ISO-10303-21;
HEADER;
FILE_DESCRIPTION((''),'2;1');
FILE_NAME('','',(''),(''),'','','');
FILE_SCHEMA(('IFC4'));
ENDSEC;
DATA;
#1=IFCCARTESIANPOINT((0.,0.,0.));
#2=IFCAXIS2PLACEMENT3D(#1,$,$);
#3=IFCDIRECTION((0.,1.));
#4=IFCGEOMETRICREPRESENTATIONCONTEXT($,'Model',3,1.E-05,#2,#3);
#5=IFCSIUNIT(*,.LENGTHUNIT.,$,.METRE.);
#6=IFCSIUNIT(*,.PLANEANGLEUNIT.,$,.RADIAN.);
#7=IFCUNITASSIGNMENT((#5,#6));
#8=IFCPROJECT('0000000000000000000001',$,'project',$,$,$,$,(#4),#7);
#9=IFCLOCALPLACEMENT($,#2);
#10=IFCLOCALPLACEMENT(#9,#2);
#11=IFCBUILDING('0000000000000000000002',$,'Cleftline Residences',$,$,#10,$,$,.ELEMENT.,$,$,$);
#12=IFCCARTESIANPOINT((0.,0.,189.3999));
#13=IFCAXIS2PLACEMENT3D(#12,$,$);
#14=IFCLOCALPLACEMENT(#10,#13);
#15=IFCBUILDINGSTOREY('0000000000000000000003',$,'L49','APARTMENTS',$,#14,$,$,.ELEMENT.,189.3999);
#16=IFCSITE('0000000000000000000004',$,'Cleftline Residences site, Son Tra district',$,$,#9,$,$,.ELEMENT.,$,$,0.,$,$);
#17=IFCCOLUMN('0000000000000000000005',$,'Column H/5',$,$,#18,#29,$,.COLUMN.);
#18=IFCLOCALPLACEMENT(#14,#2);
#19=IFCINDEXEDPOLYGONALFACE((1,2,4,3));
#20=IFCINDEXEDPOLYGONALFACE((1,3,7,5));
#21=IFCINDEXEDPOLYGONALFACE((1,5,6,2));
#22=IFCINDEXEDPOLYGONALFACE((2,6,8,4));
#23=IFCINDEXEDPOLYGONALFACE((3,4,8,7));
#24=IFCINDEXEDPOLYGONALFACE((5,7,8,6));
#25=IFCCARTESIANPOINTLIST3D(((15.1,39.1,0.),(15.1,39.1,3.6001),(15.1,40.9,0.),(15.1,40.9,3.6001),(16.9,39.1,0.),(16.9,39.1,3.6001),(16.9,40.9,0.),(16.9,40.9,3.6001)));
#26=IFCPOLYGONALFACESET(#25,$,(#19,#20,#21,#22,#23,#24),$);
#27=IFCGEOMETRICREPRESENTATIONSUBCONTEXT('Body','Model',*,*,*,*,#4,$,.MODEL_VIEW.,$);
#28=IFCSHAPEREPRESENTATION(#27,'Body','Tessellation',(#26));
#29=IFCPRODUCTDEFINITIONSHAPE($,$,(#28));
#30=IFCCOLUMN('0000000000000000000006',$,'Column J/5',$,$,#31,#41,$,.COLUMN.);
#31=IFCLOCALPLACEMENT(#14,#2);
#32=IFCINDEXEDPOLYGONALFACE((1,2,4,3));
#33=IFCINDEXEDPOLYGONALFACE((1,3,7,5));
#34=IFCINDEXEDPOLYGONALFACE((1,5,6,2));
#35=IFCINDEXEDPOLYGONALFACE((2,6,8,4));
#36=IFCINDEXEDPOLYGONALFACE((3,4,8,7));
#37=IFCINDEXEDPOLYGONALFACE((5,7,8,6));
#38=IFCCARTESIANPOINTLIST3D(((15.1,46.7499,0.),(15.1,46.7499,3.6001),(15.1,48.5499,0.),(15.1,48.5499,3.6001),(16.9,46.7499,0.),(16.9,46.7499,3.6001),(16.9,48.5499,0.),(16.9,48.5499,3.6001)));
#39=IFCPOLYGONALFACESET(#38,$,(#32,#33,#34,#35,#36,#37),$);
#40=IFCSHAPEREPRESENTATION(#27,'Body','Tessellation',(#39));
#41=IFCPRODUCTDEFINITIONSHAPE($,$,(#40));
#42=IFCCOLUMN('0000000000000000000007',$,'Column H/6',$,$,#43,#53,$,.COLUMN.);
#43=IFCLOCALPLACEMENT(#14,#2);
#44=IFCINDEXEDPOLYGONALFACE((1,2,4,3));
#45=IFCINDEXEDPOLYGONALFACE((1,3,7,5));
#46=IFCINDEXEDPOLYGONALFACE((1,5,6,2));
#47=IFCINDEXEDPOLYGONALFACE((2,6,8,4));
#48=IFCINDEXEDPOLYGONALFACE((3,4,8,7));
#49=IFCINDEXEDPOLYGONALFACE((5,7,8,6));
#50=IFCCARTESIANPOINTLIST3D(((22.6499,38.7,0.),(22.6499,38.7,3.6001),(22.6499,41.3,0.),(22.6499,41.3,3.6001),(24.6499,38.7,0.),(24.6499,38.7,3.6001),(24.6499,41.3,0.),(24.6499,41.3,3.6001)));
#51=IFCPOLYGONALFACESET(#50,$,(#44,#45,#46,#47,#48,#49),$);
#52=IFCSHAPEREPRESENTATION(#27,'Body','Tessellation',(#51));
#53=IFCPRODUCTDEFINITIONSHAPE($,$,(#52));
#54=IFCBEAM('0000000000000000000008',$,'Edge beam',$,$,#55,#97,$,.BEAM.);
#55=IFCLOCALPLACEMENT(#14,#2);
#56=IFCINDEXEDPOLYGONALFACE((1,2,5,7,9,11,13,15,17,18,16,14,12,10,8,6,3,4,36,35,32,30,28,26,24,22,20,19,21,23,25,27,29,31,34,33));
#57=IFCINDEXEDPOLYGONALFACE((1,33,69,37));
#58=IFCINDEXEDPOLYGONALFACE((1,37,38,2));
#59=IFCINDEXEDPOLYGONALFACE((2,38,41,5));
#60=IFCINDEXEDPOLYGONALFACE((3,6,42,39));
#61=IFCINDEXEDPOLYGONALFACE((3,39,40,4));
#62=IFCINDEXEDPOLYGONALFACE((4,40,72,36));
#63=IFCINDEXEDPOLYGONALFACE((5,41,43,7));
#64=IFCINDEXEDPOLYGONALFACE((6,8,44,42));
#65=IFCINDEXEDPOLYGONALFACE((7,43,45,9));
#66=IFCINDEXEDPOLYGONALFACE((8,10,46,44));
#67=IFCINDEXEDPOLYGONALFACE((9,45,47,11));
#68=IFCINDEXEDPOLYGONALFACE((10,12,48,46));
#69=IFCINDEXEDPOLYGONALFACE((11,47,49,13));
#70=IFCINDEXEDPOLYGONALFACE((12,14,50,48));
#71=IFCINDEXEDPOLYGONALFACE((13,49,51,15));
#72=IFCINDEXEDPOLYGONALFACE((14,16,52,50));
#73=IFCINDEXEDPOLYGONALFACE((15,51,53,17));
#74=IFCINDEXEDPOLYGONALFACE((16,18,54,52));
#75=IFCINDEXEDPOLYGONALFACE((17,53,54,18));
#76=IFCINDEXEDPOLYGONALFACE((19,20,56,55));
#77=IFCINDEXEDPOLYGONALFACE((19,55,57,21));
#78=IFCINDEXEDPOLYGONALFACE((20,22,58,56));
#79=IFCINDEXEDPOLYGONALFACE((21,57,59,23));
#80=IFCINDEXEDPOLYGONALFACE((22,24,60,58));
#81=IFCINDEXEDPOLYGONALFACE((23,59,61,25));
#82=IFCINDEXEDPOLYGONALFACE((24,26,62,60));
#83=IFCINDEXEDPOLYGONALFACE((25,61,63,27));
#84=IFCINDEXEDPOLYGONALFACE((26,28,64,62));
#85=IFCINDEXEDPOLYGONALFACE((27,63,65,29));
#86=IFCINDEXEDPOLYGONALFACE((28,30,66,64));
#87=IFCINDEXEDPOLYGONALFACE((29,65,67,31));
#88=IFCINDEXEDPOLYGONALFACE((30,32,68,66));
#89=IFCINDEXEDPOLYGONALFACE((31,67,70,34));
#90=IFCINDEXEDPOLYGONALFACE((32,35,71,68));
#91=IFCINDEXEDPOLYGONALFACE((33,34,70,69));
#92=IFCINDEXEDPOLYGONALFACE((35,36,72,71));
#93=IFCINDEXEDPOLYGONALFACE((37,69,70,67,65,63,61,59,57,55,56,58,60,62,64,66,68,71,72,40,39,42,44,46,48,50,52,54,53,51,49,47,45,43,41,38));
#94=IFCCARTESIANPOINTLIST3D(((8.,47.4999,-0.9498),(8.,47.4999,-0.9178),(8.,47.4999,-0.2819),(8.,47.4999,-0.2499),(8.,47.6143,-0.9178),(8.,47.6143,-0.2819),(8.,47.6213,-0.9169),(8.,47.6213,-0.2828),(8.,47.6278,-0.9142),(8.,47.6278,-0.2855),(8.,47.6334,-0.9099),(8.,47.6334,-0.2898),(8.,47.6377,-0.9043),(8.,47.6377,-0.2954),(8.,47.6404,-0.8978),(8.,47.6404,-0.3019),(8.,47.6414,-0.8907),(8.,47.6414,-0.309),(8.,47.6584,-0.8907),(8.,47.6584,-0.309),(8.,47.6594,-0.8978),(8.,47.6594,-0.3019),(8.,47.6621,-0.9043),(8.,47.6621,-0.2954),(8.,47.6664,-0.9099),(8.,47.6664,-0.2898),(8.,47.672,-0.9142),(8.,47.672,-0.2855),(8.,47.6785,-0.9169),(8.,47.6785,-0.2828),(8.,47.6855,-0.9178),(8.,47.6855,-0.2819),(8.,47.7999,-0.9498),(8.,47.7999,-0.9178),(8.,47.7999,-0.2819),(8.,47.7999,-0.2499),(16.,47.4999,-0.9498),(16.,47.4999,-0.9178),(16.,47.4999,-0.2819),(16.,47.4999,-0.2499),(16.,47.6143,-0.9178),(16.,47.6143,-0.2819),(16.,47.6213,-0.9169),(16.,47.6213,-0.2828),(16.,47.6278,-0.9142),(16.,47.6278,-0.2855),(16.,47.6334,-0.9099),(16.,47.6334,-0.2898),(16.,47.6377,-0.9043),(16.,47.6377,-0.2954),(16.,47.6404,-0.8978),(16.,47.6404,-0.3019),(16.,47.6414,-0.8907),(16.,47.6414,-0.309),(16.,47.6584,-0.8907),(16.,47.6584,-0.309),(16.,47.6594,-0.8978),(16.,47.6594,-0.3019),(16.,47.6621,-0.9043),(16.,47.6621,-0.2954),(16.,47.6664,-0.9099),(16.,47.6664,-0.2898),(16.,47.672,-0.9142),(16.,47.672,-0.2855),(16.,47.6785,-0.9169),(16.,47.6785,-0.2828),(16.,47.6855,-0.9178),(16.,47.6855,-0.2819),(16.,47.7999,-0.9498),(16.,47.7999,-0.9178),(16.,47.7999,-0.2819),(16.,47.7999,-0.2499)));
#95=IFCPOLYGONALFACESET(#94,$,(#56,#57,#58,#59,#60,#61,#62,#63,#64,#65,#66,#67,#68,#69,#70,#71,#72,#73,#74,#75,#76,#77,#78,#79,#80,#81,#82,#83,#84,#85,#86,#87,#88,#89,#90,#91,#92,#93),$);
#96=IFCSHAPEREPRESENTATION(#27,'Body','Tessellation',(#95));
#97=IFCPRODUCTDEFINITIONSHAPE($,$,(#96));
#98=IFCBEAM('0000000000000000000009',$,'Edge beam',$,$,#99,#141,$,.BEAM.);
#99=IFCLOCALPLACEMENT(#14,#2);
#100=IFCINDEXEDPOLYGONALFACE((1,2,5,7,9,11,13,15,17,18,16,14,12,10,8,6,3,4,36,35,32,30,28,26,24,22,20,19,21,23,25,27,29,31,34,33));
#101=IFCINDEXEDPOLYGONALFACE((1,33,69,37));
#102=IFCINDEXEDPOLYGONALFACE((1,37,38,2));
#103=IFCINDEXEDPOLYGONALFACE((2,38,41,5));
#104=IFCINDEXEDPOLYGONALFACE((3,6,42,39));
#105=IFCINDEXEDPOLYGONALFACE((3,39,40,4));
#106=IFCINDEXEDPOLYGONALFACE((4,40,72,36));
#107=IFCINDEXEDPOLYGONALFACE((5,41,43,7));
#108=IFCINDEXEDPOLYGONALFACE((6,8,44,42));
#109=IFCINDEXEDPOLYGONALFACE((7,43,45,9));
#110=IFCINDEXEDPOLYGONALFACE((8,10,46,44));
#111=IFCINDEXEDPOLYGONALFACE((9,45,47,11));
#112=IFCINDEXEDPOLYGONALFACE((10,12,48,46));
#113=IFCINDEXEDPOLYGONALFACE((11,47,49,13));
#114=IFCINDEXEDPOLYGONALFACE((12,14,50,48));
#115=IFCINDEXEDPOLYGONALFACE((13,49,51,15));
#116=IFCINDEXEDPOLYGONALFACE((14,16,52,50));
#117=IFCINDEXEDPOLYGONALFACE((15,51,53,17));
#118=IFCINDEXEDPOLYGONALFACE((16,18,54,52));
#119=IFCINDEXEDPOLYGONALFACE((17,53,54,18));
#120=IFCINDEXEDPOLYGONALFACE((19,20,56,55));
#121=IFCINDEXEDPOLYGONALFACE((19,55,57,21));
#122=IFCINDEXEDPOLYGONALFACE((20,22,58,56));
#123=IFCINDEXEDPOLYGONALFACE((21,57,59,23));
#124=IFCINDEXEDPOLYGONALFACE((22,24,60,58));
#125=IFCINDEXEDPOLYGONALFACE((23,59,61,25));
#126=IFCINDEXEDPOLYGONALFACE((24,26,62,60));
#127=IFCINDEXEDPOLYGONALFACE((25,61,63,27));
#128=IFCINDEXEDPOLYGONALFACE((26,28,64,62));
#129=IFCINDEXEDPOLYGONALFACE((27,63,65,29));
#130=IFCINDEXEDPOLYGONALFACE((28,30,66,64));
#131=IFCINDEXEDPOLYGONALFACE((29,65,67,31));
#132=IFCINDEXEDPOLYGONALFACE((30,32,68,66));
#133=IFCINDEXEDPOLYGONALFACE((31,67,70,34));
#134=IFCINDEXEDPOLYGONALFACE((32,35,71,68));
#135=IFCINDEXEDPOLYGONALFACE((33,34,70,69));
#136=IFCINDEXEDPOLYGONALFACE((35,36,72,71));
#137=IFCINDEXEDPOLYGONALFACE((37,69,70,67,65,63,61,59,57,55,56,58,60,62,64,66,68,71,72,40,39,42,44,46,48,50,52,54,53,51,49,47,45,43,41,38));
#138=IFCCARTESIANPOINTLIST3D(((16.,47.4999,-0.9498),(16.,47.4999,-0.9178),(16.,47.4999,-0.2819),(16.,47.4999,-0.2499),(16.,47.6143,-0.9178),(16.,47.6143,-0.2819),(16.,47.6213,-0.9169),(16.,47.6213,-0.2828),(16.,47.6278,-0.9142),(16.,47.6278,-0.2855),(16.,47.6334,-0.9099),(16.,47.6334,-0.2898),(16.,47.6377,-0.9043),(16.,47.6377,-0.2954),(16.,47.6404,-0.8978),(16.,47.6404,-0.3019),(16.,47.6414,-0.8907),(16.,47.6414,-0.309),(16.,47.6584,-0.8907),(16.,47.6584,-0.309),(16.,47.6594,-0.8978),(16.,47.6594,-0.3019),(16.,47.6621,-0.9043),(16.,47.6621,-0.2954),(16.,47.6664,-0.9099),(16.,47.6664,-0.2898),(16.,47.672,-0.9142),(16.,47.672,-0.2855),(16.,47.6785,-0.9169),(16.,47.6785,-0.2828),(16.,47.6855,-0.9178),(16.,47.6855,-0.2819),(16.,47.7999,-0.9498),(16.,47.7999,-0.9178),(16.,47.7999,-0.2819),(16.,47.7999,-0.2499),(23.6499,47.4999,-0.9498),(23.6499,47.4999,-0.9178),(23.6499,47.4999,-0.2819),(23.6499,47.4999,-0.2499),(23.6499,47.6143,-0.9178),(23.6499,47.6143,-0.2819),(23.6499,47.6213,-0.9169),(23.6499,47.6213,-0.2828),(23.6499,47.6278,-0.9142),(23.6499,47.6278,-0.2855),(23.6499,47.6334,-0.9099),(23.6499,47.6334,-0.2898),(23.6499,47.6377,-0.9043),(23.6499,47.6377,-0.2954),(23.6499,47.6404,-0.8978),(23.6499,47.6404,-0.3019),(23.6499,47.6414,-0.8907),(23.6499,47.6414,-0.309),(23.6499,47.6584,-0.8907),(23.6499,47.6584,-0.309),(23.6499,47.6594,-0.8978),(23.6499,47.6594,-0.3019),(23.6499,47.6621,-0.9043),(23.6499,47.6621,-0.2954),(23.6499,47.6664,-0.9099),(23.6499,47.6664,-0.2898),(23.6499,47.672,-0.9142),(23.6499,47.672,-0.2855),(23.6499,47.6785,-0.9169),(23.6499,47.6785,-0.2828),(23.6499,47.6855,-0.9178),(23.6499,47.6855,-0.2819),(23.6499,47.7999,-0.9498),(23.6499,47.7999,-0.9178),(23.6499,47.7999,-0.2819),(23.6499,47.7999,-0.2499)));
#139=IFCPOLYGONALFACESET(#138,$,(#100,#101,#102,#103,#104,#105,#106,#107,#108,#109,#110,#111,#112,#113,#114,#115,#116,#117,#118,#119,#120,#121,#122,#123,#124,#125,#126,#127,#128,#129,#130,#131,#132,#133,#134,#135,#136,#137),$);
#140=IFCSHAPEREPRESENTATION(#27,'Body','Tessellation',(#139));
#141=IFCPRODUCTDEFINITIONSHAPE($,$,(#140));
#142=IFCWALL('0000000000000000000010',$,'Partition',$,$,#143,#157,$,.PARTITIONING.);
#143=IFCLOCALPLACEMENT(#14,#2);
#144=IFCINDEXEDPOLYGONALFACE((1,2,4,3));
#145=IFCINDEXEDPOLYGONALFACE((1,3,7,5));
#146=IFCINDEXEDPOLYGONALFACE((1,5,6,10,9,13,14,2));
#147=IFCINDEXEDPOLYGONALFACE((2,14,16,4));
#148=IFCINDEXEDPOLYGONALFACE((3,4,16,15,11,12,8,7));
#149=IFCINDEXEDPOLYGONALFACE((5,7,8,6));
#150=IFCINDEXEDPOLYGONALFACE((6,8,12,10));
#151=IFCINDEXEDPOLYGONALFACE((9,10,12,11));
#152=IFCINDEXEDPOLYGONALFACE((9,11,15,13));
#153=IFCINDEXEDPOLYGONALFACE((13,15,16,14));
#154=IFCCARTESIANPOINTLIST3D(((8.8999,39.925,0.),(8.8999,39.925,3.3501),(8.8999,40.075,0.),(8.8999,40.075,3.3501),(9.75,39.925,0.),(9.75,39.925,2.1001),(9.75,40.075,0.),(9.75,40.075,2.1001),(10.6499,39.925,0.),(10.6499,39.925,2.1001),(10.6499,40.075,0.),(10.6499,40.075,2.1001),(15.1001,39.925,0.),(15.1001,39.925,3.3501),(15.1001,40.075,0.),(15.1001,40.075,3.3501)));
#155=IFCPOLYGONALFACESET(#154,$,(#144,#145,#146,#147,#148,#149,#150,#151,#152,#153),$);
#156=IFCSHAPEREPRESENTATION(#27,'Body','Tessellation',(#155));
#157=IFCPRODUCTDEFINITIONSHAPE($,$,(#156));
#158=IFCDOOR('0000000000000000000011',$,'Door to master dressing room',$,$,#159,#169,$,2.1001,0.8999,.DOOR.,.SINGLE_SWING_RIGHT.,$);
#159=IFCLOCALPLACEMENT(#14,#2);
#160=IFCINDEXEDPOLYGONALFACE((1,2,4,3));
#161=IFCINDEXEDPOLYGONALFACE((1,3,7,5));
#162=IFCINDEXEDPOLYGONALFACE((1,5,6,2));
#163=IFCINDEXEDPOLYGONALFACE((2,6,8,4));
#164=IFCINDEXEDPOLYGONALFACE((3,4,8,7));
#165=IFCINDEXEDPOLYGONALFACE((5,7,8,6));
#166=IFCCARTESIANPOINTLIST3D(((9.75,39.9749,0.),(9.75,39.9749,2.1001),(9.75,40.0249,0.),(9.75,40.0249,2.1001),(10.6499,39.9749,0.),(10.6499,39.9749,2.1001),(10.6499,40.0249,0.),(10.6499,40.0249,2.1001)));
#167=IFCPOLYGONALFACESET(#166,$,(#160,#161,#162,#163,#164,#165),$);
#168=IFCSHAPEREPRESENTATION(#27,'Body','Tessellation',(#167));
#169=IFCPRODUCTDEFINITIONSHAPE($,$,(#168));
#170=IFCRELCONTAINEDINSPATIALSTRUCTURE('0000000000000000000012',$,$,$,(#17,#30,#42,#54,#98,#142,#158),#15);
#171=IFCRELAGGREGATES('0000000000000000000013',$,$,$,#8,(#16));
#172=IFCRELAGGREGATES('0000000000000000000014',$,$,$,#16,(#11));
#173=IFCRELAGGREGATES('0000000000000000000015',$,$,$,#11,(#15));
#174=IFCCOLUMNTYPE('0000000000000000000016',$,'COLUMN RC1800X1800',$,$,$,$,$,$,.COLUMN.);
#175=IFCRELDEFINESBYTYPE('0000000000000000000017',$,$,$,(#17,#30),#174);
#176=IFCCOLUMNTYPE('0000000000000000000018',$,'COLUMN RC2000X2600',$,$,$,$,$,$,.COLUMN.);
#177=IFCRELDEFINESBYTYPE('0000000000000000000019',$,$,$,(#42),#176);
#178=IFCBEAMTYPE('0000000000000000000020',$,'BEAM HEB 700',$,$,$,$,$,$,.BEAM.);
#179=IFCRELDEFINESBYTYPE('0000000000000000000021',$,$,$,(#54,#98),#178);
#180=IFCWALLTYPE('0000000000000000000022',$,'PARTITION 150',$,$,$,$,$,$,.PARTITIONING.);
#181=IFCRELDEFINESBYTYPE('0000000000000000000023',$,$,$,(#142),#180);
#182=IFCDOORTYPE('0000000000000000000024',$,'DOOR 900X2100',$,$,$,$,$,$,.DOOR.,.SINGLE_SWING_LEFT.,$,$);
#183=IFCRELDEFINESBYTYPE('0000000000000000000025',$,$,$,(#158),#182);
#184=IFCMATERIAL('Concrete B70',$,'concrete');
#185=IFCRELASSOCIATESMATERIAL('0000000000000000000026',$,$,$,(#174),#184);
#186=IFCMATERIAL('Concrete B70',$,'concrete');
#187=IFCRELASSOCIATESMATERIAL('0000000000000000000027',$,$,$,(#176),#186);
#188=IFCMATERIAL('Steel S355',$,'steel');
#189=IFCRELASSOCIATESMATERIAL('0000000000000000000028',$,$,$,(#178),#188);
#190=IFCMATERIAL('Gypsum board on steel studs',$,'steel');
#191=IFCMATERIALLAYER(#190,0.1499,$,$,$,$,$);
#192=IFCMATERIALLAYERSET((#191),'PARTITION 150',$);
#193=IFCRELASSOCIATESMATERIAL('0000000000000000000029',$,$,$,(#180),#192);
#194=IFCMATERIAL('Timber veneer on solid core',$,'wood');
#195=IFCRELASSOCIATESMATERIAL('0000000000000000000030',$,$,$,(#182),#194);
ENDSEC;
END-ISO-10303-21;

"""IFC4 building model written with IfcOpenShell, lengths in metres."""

from ifc_helpers import new_model, si_unit, direction, frame, frame_2d, origin, origin_2d, place, context, subcontext, project, spatial, rectangle, i_section, extrude, material, layer, layer_set, material_profile, profile_set, type_object, element, fill, save


model = new_model("IFC4")

# Units and contexts
model_context = context("Model", 3, precision=1e-05, world=origin(), true_north=direction((0.0, 1.0)))
body_context = subcontext(model_context, "Body", "Model", "MODEL_VIEW")
ifc_project = project(units=[si_unit("LENGTHUNIT", "METRE"), si_unit("PLANEANGLEUNIT", "RADIAN")], contexts=[model_context])

# Site, building, storey
site_placement = place(None, origin())
site = spatial("IfcSite", under=ifc_project, at=site_placement, Name="Cleftline Residences site, Son Tra district", CompositionType="ELEMENT", RefElevation=0.0)
building_placement = place(site_placement, origin())
building = spatial("IfcBuilding", under=site, at=building_placement, Name="Cleftline Residences", CompositionType="ELEMENT")
storey_placement = place(building_placement, frame((0.0, 0.0, 189.3999)))
storey = spatial("IfcBuildingStorey", under=building, at=storey_placement, Name="L49", Description="APARTMENTS", CompositionType="ELEMENT", Elevation=189.3999)

# Columns
ifc_material_1 = material(Name="Concrete B70", Category="concrete")
ifc_material_profile_1 = material_profile(ifc_material_1, rectangle(XDim=1.8, YDim=1.8, at=origin_2d()))
ifc_profile_set_1 = profile_set([ifc_material_profile_1], Name="Concrete B70")
column_type_1 = type_object("IfcColumnType", Name="COLUMN RC1800X1800", PredefinedType="COLUMN", material=ifc_profile_set_1)
for number, where, z_axis, x_axis, name in (
    (1, (16.0, 40.0, 0.0), (0.0, 0.0, 1.0), (1.0, 0.0, 0.0), "Column H/5"),
    (2, (16.0, 47.6499, 0.0), (0.0, 0.0, 1.0), (1.0, 0.0, 0.0), "Column J/5"),
):
    element("IfcColumn", number, at=place(storey_placement, frame(where, z_axis=z_axis, x_axis=x_axis)), inside=storey, type_object=column_type_1, Name=name, PredefinedType="COLUMN", context=body_context, shape_type="SweptSolid", body=[
        extrude(rectangle(XDim=1.8, YDim=1.8, at=origin_2d()), origin(), (0.0, 0.0, 1.0), 3.6001),
    ])
ifc_material_2 = material(Name="Concrete B70", Category="concrete")
ifc_material_profile_2 = material_profile(ifc_material_2, rectangle(XDim=2.0, YDim=2.6001, at=origin_2d()))
ifc_profile_set_2 = profile_set([ifc_material_profile_2], Name="Concrete B70")
column_type_2 = type_object("IfcColumnType", Name="COLUMN RC2000X2600", PredefinedType="COLUMN", material=ifc_profile_set_2)
column_placement = place(storey_placement, frame((23.6499, 40.0, 0.0), z_axis=(0.0, 0.0, 1.0), x_axis=(1.0, 0.0, 0.0)))
element("IfcColumn", 3, at=column_placement, inside=storey, type_object=column_type_2, Name="Column H/6", PredefinedType="COLUMN", context=body_context, shape_type="SweptSolid", body=[
    extrude(rectangle(XDim=2.0, YDim=2.6001, at=origin_2d()), origin(), (0.0, 0.0, 1.0), 3.6001),
])

# Beams
ifc_material_3 = material(Name="Steel S355", Category="steel")
ifc_material_profile_3 = material_profile(ifc_material_3, i_section(OverallWidth=0.3, OverallDepth=0.7, WebThickness=0.0171, FlangeThickness=0.032, FilletRadius=0.0271, at=origin_2d()))
ifc_profile_set_3 = profile_set([ifc_material_profile_3], Name="Steel S355")
beam_type = type_object("IfcBeamType", Name="BEAM HEB 700", PredefinedType="BEAM", material=ifc_profile_set_3)
beam_1_placement = place(storey_placement, frame((8.0, 47.6499, -0.5999), z_axis=(1.0, 0.0, 0.0), x_axis=(0.0, 1.0, 0.0)))
element("IfcBeam", 4, at=beam_1_placement, inside=storey, type_object=beam_type, Name="Edge beam", PredefinedType="BEAM", context=body_context, shape_type="SweptSolid", body=[
    extrude(i_section(OverallWidth=0.3, OverallDepth=0.7, WebThickness=0.0171, FlangeThickness=0.032, FilletRadius=0.0271, at=origin_2d()), origin(), (0.0, 0.0, 1.0), 8.0),
])
beam_2_placement = place(storey_placement, frame((16.0, 47.6499, -0.5999), z_axis=(1.0, 0.0, 0.0), x_axis=(0.0, 1.0, 0.0)))
element("IfcBeam", 5, at=beam_2_placement, inside=storey, type_object=beam_type, Name="Edge beam", PredefinedType="BEAM", context=body_context, shape_type="SweptSolid", body=[
    extrude(i_section(OverallWidth=0.3, OverallDepth=0.7, WebThickness=0.0171, FlangeThickness=0.032, FilletRadius=0.0271, at=origin_2d()), origin(), (0.0, 0.0, 1.0), 7.6499),
])

# Wall, opening, door
ifc_material_4 = material(Name="Gypsum board on steel studs", Category="steel")
ifc_layer = layer(ifc_material_4, 0.1499)
ifc_layer_set = layer_set([ifc_layer], Name="PARTITION 150")
wall_type = type_object("IfcWallType", Name="PARTITION 150", PredefinedType="PARTITIONING", material=ifc_layer_set)
wall_1_placement = place(storey_placement, frame((8.8999, 40.0, 0.0), z_axis=(0.0, 0.0, 1.0), x_axis=(1.0, 0.0, 0.0)))
wall_1 = element("IfcWall", 6, at=wall_1_placement, inside=storey, type_object=wall_type, Name="Partition", PredefinedType="PARTITIONING", context=body_context, shape_type="SweptSolid", body=[
    extrude(rectangle(XDim=6.2002, YDim=0.1499, at=frame_2d((3.1001, 0.0))), origin(), (0.0, 0.0, 1.0), 3.3501),
])
opening_1_placement = place(wall_1_placement, frame((0.8501, 0.0, 0.0)))
opening_1 = element("IfcOpeningElement", 7, at=opening_1_placement, cuts=wall_1, PredefinedType="OPENING", context=body_context, shape_type="SweptSolid", body=[
    extrude(rectangle(XDim=0.8999, YDim=2.1001, at=frame_2d((0.45, 1.05))), frame((0.0, 0.085, 0.0), z_axis=(0.0, -1.0, 0.0), x_axis=(1.0, 0.0, 0.0)), (0.0, 0.0, 1.0), 0.1699),
])
ifc_material_5 = material(Name="Timber veneer on solid core", Category="wood")
door_type_1 = type_object("IfcDoorType", Name="DOOR 900X2100", OperationType="SINGLE_SWING_LEFT", PredefinedType="DOOR", material=ifc_material_5)
door_1_placement = place(opening_1_placement, origin())
door_1 = element("IfcDoor", 8, at=door_1_placement, inside=storey, type_object=door_type_1, Name="Door to master dressing room", OperationType="SINGLE_SWING_RIGHT", OverallHeight=2.1001, OverallWidth=0.8999, PredefinedType="DOOR", context=body_context, shape_type="SweptSolid", body=[
    extrude(rectangle(XDim=0.8999, YDim=2.1001, at=frame_2d((0.45, 1.05))), frame((0.0, 0.0249, 0.0), z_axis=(0.0, -1.0, 0.0), x_axis=(1.0, 0.0, 0.0)), (0.0, 0.0, 1.0), 0.05),
])
fill(opening_1, door_1)

save(model, "model.ifc")
